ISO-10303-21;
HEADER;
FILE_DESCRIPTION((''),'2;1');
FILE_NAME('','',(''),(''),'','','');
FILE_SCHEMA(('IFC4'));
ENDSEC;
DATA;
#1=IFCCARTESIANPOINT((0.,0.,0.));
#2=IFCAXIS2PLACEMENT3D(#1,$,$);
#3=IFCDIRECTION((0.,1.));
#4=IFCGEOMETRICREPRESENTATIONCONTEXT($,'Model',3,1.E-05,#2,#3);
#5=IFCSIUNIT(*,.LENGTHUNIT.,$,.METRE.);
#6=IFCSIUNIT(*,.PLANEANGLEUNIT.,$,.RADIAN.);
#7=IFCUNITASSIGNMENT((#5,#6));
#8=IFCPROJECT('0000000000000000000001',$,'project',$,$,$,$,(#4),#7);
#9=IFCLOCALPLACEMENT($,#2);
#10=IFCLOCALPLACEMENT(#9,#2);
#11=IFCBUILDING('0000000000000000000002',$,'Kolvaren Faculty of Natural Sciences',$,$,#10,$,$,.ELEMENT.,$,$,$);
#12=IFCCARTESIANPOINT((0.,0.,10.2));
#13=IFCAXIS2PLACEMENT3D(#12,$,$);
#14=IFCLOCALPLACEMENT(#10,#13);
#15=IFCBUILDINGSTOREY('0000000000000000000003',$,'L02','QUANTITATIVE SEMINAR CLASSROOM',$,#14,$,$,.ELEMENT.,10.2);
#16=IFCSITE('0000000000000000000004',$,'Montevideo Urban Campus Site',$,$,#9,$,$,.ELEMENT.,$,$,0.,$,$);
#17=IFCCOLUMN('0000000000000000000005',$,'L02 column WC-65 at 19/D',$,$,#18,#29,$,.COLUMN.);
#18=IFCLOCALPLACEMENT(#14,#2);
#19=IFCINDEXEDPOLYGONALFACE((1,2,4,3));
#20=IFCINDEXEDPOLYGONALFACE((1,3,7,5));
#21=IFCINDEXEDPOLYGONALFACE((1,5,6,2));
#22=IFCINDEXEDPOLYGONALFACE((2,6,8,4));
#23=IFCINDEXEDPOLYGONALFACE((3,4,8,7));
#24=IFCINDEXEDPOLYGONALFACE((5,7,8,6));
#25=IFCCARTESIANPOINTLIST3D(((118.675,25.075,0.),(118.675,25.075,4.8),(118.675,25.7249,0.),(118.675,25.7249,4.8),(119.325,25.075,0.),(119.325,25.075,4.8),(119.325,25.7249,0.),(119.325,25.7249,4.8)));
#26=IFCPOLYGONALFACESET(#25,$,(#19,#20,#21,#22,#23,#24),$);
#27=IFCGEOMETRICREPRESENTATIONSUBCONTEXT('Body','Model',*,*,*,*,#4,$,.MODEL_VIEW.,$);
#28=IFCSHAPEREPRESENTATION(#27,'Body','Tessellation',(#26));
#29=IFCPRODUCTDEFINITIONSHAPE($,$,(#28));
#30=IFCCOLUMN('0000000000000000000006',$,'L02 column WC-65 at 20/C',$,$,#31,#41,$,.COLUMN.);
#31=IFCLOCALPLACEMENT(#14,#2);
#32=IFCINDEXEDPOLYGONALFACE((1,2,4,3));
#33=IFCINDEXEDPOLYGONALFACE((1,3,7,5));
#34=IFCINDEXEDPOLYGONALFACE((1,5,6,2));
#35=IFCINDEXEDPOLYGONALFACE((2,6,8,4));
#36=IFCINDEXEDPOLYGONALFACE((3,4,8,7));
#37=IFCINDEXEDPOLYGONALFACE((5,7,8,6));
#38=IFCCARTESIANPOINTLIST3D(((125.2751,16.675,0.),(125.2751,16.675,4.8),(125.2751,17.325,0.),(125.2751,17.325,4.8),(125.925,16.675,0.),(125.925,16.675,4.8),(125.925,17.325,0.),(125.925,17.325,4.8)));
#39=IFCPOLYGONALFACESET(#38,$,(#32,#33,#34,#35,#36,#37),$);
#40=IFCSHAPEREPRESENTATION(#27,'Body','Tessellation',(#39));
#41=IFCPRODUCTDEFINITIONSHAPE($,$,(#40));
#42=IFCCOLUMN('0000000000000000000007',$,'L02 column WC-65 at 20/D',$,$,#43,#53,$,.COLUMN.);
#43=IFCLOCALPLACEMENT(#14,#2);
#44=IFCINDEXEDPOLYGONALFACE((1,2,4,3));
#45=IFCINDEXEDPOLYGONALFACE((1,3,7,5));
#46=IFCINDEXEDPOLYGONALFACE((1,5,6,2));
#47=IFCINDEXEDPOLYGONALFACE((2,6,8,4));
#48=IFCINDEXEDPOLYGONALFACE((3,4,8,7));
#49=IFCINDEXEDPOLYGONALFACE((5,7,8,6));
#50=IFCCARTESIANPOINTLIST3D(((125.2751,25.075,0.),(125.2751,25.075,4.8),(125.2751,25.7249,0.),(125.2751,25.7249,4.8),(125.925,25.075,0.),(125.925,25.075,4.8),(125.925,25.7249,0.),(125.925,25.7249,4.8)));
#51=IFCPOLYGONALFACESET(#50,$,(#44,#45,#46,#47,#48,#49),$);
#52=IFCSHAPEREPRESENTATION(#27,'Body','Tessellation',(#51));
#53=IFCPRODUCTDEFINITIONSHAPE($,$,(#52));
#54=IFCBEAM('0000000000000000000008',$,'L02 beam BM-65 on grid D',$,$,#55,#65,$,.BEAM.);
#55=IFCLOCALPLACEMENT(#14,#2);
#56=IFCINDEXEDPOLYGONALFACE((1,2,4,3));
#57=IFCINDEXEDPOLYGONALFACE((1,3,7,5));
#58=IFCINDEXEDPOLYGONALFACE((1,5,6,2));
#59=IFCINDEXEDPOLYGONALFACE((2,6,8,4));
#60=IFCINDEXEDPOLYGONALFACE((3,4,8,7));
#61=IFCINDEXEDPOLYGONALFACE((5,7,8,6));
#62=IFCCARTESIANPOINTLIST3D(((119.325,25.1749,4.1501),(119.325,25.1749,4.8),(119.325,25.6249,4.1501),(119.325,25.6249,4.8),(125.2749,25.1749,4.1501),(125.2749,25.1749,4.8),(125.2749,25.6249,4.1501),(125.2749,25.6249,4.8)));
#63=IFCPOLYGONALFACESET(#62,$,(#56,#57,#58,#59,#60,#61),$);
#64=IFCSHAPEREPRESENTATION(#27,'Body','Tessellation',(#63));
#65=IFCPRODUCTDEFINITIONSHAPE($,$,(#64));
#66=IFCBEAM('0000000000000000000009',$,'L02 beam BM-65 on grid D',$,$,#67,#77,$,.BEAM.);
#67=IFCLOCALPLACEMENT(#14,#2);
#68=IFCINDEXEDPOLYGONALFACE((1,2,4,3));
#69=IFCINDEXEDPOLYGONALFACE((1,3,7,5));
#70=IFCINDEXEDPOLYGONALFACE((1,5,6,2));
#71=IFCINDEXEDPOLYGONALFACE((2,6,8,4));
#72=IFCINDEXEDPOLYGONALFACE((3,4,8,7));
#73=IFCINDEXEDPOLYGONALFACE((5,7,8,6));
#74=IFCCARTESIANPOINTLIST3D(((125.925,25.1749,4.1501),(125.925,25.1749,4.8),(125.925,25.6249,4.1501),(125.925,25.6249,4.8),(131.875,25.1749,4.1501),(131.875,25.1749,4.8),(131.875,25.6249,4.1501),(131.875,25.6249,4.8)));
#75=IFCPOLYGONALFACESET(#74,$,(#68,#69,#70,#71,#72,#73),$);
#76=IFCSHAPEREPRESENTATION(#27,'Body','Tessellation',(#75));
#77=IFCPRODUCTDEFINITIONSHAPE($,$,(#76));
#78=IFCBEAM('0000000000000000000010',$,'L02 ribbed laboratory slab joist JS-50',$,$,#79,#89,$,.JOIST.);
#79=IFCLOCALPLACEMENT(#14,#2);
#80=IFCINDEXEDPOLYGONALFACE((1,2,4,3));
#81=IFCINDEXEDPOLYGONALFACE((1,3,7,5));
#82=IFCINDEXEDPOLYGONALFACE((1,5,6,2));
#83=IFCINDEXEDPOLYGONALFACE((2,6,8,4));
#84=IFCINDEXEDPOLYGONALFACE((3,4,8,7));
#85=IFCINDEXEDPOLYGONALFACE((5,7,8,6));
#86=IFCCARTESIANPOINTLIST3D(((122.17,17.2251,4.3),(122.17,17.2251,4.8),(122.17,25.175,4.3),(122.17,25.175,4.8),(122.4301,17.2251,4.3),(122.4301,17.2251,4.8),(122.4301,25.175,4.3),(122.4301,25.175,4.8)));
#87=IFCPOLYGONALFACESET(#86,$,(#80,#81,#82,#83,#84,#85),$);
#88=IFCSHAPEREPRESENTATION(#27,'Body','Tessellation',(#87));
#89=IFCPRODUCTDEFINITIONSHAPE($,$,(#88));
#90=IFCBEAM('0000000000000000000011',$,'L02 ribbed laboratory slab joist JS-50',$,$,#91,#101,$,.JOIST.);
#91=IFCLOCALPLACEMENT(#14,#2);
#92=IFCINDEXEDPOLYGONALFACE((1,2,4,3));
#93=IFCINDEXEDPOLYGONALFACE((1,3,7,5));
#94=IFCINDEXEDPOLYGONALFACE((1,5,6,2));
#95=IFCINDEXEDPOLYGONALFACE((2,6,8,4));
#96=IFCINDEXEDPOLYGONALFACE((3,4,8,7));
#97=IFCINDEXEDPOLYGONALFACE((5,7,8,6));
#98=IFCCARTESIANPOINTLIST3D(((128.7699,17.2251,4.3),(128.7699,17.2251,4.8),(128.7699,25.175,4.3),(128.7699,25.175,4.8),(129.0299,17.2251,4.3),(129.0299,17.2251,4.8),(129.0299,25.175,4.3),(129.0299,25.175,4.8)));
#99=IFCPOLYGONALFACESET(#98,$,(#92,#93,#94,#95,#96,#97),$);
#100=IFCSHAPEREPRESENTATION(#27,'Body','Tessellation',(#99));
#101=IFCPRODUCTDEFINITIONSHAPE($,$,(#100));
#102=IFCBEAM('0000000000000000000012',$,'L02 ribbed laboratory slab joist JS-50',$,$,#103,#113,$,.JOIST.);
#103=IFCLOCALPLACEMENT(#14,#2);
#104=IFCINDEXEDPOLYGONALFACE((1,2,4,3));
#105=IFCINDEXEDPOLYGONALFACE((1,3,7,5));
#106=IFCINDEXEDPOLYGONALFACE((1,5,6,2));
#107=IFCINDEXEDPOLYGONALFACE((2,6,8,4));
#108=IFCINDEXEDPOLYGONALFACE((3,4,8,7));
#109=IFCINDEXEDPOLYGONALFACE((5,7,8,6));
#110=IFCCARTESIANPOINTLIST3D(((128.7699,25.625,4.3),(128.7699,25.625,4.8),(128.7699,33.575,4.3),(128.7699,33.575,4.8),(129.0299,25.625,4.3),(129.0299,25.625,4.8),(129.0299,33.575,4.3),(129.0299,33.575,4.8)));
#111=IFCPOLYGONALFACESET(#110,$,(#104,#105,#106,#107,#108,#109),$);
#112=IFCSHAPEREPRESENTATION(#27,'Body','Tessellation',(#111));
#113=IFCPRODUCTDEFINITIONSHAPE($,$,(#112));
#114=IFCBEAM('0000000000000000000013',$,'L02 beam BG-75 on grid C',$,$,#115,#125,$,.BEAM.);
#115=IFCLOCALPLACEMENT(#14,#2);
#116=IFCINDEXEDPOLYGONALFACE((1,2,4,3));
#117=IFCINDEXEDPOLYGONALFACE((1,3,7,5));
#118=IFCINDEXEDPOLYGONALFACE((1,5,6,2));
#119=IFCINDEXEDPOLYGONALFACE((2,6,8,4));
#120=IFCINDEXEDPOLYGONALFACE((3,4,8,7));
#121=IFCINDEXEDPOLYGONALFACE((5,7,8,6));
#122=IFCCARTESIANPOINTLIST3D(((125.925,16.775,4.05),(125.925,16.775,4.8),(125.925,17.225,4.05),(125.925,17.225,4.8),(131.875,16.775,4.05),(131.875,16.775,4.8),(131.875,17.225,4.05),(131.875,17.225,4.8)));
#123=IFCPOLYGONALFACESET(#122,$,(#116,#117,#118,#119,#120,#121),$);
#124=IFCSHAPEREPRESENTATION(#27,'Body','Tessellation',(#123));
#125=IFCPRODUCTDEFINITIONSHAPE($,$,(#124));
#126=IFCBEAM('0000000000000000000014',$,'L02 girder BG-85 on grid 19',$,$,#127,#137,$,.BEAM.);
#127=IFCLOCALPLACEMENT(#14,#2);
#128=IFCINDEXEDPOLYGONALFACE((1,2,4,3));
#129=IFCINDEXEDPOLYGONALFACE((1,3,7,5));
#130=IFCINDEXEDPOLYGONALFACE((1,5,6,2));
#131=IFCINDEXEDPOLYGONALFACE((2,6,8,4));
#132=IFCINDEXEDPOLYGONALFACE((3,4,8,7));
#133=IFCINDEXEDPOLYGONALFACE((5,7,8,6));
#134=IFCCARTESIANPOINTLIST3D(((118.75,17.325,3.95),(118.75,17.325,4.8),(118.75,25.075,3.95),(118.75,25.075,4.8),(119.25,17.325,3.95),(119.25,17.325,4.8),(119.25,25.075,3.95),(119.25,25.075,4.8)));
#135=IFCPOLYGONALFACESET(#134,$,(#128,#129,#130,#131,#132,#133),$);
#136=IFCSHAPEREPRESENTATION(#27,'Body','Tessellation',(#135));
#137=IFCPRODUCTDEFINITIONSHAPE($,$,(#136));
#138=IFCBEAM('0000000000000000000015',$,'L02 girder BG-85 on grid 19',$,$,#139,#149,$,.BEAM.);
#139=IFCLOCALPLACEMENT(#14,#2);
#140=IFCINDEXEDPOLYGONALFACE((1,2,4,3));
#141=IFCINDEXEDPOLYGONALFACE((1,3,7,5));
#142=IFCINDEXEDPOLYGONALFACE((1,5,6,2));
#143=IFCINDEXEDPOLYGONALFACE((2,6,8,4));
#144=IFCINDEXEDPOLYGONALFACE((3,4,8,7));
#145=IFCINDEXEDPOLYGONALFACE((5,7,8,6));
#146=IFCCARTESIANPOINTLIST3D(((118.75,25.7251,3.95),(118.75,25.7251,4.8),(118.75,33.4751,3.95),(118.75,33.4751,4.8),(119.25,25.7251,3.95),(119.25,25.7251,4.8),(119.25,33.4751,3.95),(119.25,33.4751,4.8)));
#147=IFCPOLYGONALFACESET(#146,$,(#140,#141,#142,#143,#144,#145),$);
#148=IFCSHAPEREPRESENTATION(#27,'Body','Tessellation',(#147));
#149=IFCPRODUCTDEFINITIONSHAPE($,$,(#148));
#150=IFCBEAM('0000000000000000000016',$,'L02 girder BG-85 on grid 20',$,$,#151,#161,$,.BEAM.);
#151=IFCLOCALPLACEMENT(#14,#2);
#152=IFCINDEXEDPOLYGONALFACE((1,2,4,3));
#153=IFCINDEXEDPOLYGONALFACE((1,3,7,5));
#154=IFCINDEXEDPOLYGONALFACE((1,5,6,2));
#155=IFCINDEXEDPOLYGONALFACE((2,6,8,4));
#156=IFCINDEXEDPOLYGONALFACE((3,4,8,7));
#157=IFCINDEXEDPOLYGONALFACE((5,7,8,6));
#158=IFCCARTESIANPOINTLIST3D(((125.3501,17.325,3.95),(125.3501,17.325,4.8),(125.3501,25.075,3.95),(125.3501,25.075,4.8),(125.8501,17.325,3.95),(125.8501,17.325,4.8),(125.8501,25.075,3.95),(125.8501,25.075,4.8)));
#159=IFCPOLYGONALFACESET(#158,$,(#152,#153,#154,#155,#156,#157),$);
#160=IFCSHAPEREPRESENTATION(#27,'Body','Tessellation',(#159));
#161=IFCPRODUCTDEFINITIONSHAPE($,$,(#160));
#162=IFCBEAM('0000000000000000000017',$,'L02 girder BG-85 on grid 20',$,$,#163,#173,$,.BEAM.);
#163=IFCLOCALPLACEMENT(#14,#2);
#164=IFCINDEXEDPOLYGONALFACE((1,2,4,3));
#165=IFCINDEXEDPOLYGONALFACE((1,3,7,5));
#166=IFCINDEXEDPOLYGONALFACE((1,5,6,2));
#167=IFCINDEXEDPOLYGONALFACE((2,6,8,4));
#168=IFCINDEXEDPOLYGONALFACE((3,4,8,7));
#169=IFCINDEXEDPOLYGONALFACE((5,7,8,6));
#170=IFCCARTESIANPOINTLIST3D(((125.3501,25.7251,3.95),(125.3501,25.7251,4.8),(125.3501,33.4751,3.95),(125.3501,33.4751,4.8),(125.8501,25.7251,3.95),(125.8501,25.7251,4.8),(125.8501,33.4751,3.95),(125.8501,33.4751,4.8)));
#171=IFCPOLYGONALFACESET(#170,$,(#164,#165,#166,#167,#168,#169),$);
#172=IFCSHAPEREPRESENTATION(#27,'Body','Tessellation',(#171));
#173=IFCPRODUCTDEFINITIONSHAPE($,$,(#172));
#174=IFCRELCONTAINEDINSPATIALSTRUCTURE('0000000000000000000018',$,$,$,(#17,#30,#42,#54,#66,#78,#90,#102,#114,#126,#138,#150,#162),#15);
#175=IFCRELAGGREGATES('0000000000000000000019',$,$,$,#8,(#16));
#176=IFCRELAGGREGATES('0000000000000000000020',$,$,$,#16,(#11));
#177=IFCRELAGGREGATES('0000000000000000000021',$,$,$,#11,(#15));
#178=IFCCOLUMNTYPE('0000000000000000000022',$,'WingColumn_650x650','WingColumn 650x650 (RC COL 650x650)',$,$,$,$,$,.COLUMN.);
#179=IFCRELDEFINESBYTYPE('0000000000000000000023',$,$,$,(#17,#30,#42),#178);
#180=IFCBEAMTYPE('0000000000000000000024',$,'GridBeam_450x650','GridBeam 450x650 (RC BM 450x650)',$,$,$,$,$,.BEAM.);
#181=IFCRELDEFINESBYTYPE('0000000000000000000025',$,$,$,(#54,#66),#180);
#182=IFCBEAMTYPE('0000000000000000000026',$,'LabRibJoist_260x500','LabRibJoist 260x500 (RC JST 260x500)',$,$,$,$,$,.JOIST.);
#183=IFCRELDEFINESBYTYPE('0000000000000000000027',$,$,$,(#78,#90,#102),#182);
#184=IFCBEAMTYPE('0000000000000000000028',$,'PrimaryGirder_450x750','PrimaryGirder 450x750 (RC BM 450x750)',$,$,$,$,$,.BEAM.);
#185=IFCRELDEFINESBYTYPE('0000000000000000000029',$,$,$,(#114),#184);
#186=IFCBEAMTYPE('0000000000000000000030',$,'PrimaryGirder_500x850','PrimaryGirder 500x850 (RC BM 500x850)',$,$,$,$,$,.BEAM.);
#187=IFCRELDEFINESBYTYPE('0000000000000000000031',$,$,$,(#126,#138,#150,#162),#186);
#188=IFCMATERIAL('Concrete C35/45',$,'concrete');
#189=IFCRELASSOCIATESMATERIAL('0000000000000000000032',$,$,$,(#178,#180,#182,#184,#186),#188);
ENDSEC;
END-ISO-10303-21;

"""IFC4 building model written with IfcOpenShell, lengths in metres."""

from ifc_helpers import new_model, si_unit, direction, frame, origin, origin_2d, place, context, subcontext, project, spatial, rectangle, extrude, material, material_profile, profile_set, type_object, element, save


model = new_model("IFC4")

# Units and contexts
model_context = context("Model", 3, precision=1e-05, world=origin(), true_north=direction((0.0, 1.0)))
body_context = subcontext(model_context, "Body", "Model", "MODEL_VIEW")
ifc_project = project(units=[si_unit("LENGTHUNIT", "METRE"), si_unit("PLANEANGLEUNIT", "RADIAN")], contexts=[model_context])

# Site, building, storey
site_placement = place(None, origin())
site = spatial("IfcSite", under=ifc_project, at=site_placement, Name="Montevideo Urban Campus Site", CompositionType="ELEMENT", RefElevation=0.0)
building_placement = place(site_placement, origin())
building = spatial("IfcBuilding", under=site, at=building_placement, Name="Kolvaren Faculty of Natural Sciences", CompositionType="ELEMENT")
storey_placement = place(building_placement, frame((0.0, 0.0, 10.2)))
storey = spatial("IfcBuildingStorey", under=building, at=storey_placement, Name="L02", Description="QUANTITATIVE SEMINAR CLASSROOM", CompositionType="ELEMENT", Elevation=10.2)

# Columns
ifc_material_1 = material(Name="Concrete C35/45", Category="concrete")
ifc_material_profile_1 = material_profile(ifc_material_1, rectangle(XDim=0.6499, YDim=0.6499, at=origin_2d()), Name="RC COL 650x650")
ifc_profile_set_1 = profile_set([ifc_material_profile_1], Name="Concrete C35/45")
column_type = type_object("IfcColumnType", Name="WingColumn_650x650", Description="WingColumn 650x650 (RC COL 650x650)", PredefinedType="COLUMN", material=ifc_profile_set_1)
for number, where, z_axis, x_axis, name in (
    (1, (119.0, 25.3999, 0.0), (0.0, 0.0, 1.0), (1.0, 0.0, 0.0), "L02 column WC-65 at 19/D"),
    (2, (125.6001, 17.0, 0.0), (0.0, 0.0, 1.0), (1.0, 0.0, 0.0), "L02 column WC-65 at 20/C"),
    (3, (125.6001, 25.3999, 0.0), (0.0, 0.0, 1.0), (1.0, 0.0, 0.0), "L02 column WC-65 at 20/D"),
):
    element("IfcColumn", number, at=place(storey_placement, frame(where, z_axis=z_axis, x_axis=x_axis)), inside=storey, type_object=column_type, Name=name, PredefinedType="COLUMN", context=body_context, shape_type="SweptSolid", body=[
        extrude(rectangle(XDim=0.6499, YDim=0.6499, at=origin_2d()), origin(), (0.0, 0.0, 1.0), 4.8),
    ])

# Beams
ifc_material_profile_2 = material_profile(ifc_material_1, rectangle(XDim=0.45, YDim=0.6499, at=origin_2d()), Name="RC BM 450x650")
ifc_profile_set_2 = profile_set([ifc_material_profile_2], Name="Concrete C35/45")
beam_type_1 = type_object("IfcBeamType", Name="GridBeam_450x650", Description="GridBeam 450x650 (RC BM 450x650)", PredefinedType="BEAM", material=ifc_profile_set_2)
for number, where, z_axis, x_axis, name in (
    (4, (119.325, 25.3999, 4.4751), (1.0, 0.0, 0.0), (0.0, 1.0, 0.0), "L02 beam BM-65 on grid D"),
    (5, (125.925, 25.3999, 4.4751), (1.0, 0.0, 0.0), (0.0, 1.0, 0.0), "L02 beam BM-65 on grid D"),
):
    element("IfcBeam", number, at=place(storey_placement, frame(where, z_axis=z_axis, x_axis=x_axis)), inside=storey, type_object=beam_type_1, Name=name, PredefinedType="BEAM", context=body_context, shape_type="SweptSolid", body=[
        extrude(rectangle(XDim=0.45, YDim=0.6499, at=origin_2d()), origin(), (0.0, 0.0, 1.0), 5.95),
    ])
ifc_material_profile_3 = material_profile(ifc_material_1, rectangle(XDim=0.26, YDim=0.5, at=origin_2d()), Name="RC JST 260x500")
ifc_profile_set_3 = profile_set([ifc_material_profile_3], Name="Concrete C35/45")
beam_type_2 = type_object("IfcBeamType", Name="LabRibJoist_260x500", Description="LabRibJoist 260x500 (RC JST 260x500)", PredefinedType="JOIST", material=ifc_profile_set_3)
for number, where, z_axis, x_axis, name in (
    (6, (122.3, 17.2251, 4.55), (0.0, 1.0, 0.0), (-1.0, 0.0, 0.0), "L02 ribbed laboratory slab joist JS-50"),
    (7, (128.8999, 17.2251, 4.55), (0.0, 1.0, 0.0), (-1.0, 0.0, 0.0), "L02 ribbed laboratory slab joist JS-50"),
    (8, (128.8999, 25.625, 4.55), (0.0, 1.0, 0.0), (-1.0, 0.0, 0.0), "L02 ribbed laboratory slab joist JS-50"),
):
    element("IfcBeam", number, at=place(storey_placement, frame(where, z_axis=z_axis, x_axis=x_axis)), inside=storey, type_object=beam_type_2, Name=name, PredefinedType="JOIST", context=body_context, shape_type="SweptSolid", body=[
        extrude(rectangle(XDim=0.26, YDim=0.5, at=origin_2d()), origin(), (0.0, 0.0, 1.0), 7.95),
    ])
ifc_material_profile_4 = material_profile(ifc_material_1, rectangle(XDim=0.45, YDim=0.75, at=origin_2d()), Name="RC BM 450x750")
ifc_profile_set_4 = profile_set([ifc_material_profile_4], Name="Concrete C35/45")
beam_type_3 = type_object("IfcBeamType", Name="PrimaryGirder_450x750", Description="PrimaryGirder 450x750 (RC BM 450x750)", PredefinedType="BEAM", material=ifc_profile_set_4)
beam_placement = place(storey_placement, frame((125.925, 17.0, 4.425), z_axis=(1.0, 0.0, 0.0), x_axis=(0.0, 1.0, 0.0)))
element("IfcBeam", 9, at=beam_placement, inside=storey, type_object=beam_type_3, Name="L02 beam BG-75 on grid C", PredefinedType="BEAM", context=body_context, shape_type="SweptSolid", body=[
    extrude(rectangle(XDim=0.45, YDim=0.75, at=origin_2d()), origin(), (0.0, 0.0, 1.0), 5.95),
])
ifc_material_profile_5 = material_profile(ifc_material_1, rectangle(XDim=0.5, YDim=0.8501, at=origin_2d()), Name="RC BM 500x850")
ifc_profile_set_5 = profile_set([ifc_material_profile_5], Name="Concrete C35/45")
beam_type_4 = type_object("IfcBeamType", Name="PrimaryGirder_500x850", Description="PrimaryGirder 500x850 (RC BM 500x850)", PredefinedType="BEAM", material=ifc_profile_set_5)
for number, where, z_axis, x_axis, name in (
    (10, (119.0, 17.325, 4.375), (0.0, 1.0, 0.0), (-1.0, 0.0, 0.0), "L02 girder BG-85 on grid 19"),
    (11, (119.0, 25.7251, 4.375), (0.0, 1.0, 0.0), (-1.0, 0.0, 0.0), "L02 girder BG-85 on grid 19"),
    (12, (125.6001, 17.325, 4.375), (0.0, 1.0, 0.0), (-1.0, 0.0, 0.0), "L02 girder BG-85 on grid 20"),
    (13, (125.6001, 25.7251, 4.375), (0.0, 1.0, 0.0), (-1.0, 0.0, 0.0), "L02 girder BG-85 on grid 20"),
):
    element("IfcBeam", number, at=place(storey_placement, frame(where, z_axis=z_axis, x_axis=x_axis)), inside=storey, type_object=beam_type_4, Name=name, PredefinedType="BEAM", context=body_context, shape_type="SweptSolid", body=[
        extrude(rectangle(XDim=0.5, YDim=0.8501, at=origin_2d()), origin(), (0.0, 0.0, 1.0), 7.75),
    ])

save(model, "model.ifc")
